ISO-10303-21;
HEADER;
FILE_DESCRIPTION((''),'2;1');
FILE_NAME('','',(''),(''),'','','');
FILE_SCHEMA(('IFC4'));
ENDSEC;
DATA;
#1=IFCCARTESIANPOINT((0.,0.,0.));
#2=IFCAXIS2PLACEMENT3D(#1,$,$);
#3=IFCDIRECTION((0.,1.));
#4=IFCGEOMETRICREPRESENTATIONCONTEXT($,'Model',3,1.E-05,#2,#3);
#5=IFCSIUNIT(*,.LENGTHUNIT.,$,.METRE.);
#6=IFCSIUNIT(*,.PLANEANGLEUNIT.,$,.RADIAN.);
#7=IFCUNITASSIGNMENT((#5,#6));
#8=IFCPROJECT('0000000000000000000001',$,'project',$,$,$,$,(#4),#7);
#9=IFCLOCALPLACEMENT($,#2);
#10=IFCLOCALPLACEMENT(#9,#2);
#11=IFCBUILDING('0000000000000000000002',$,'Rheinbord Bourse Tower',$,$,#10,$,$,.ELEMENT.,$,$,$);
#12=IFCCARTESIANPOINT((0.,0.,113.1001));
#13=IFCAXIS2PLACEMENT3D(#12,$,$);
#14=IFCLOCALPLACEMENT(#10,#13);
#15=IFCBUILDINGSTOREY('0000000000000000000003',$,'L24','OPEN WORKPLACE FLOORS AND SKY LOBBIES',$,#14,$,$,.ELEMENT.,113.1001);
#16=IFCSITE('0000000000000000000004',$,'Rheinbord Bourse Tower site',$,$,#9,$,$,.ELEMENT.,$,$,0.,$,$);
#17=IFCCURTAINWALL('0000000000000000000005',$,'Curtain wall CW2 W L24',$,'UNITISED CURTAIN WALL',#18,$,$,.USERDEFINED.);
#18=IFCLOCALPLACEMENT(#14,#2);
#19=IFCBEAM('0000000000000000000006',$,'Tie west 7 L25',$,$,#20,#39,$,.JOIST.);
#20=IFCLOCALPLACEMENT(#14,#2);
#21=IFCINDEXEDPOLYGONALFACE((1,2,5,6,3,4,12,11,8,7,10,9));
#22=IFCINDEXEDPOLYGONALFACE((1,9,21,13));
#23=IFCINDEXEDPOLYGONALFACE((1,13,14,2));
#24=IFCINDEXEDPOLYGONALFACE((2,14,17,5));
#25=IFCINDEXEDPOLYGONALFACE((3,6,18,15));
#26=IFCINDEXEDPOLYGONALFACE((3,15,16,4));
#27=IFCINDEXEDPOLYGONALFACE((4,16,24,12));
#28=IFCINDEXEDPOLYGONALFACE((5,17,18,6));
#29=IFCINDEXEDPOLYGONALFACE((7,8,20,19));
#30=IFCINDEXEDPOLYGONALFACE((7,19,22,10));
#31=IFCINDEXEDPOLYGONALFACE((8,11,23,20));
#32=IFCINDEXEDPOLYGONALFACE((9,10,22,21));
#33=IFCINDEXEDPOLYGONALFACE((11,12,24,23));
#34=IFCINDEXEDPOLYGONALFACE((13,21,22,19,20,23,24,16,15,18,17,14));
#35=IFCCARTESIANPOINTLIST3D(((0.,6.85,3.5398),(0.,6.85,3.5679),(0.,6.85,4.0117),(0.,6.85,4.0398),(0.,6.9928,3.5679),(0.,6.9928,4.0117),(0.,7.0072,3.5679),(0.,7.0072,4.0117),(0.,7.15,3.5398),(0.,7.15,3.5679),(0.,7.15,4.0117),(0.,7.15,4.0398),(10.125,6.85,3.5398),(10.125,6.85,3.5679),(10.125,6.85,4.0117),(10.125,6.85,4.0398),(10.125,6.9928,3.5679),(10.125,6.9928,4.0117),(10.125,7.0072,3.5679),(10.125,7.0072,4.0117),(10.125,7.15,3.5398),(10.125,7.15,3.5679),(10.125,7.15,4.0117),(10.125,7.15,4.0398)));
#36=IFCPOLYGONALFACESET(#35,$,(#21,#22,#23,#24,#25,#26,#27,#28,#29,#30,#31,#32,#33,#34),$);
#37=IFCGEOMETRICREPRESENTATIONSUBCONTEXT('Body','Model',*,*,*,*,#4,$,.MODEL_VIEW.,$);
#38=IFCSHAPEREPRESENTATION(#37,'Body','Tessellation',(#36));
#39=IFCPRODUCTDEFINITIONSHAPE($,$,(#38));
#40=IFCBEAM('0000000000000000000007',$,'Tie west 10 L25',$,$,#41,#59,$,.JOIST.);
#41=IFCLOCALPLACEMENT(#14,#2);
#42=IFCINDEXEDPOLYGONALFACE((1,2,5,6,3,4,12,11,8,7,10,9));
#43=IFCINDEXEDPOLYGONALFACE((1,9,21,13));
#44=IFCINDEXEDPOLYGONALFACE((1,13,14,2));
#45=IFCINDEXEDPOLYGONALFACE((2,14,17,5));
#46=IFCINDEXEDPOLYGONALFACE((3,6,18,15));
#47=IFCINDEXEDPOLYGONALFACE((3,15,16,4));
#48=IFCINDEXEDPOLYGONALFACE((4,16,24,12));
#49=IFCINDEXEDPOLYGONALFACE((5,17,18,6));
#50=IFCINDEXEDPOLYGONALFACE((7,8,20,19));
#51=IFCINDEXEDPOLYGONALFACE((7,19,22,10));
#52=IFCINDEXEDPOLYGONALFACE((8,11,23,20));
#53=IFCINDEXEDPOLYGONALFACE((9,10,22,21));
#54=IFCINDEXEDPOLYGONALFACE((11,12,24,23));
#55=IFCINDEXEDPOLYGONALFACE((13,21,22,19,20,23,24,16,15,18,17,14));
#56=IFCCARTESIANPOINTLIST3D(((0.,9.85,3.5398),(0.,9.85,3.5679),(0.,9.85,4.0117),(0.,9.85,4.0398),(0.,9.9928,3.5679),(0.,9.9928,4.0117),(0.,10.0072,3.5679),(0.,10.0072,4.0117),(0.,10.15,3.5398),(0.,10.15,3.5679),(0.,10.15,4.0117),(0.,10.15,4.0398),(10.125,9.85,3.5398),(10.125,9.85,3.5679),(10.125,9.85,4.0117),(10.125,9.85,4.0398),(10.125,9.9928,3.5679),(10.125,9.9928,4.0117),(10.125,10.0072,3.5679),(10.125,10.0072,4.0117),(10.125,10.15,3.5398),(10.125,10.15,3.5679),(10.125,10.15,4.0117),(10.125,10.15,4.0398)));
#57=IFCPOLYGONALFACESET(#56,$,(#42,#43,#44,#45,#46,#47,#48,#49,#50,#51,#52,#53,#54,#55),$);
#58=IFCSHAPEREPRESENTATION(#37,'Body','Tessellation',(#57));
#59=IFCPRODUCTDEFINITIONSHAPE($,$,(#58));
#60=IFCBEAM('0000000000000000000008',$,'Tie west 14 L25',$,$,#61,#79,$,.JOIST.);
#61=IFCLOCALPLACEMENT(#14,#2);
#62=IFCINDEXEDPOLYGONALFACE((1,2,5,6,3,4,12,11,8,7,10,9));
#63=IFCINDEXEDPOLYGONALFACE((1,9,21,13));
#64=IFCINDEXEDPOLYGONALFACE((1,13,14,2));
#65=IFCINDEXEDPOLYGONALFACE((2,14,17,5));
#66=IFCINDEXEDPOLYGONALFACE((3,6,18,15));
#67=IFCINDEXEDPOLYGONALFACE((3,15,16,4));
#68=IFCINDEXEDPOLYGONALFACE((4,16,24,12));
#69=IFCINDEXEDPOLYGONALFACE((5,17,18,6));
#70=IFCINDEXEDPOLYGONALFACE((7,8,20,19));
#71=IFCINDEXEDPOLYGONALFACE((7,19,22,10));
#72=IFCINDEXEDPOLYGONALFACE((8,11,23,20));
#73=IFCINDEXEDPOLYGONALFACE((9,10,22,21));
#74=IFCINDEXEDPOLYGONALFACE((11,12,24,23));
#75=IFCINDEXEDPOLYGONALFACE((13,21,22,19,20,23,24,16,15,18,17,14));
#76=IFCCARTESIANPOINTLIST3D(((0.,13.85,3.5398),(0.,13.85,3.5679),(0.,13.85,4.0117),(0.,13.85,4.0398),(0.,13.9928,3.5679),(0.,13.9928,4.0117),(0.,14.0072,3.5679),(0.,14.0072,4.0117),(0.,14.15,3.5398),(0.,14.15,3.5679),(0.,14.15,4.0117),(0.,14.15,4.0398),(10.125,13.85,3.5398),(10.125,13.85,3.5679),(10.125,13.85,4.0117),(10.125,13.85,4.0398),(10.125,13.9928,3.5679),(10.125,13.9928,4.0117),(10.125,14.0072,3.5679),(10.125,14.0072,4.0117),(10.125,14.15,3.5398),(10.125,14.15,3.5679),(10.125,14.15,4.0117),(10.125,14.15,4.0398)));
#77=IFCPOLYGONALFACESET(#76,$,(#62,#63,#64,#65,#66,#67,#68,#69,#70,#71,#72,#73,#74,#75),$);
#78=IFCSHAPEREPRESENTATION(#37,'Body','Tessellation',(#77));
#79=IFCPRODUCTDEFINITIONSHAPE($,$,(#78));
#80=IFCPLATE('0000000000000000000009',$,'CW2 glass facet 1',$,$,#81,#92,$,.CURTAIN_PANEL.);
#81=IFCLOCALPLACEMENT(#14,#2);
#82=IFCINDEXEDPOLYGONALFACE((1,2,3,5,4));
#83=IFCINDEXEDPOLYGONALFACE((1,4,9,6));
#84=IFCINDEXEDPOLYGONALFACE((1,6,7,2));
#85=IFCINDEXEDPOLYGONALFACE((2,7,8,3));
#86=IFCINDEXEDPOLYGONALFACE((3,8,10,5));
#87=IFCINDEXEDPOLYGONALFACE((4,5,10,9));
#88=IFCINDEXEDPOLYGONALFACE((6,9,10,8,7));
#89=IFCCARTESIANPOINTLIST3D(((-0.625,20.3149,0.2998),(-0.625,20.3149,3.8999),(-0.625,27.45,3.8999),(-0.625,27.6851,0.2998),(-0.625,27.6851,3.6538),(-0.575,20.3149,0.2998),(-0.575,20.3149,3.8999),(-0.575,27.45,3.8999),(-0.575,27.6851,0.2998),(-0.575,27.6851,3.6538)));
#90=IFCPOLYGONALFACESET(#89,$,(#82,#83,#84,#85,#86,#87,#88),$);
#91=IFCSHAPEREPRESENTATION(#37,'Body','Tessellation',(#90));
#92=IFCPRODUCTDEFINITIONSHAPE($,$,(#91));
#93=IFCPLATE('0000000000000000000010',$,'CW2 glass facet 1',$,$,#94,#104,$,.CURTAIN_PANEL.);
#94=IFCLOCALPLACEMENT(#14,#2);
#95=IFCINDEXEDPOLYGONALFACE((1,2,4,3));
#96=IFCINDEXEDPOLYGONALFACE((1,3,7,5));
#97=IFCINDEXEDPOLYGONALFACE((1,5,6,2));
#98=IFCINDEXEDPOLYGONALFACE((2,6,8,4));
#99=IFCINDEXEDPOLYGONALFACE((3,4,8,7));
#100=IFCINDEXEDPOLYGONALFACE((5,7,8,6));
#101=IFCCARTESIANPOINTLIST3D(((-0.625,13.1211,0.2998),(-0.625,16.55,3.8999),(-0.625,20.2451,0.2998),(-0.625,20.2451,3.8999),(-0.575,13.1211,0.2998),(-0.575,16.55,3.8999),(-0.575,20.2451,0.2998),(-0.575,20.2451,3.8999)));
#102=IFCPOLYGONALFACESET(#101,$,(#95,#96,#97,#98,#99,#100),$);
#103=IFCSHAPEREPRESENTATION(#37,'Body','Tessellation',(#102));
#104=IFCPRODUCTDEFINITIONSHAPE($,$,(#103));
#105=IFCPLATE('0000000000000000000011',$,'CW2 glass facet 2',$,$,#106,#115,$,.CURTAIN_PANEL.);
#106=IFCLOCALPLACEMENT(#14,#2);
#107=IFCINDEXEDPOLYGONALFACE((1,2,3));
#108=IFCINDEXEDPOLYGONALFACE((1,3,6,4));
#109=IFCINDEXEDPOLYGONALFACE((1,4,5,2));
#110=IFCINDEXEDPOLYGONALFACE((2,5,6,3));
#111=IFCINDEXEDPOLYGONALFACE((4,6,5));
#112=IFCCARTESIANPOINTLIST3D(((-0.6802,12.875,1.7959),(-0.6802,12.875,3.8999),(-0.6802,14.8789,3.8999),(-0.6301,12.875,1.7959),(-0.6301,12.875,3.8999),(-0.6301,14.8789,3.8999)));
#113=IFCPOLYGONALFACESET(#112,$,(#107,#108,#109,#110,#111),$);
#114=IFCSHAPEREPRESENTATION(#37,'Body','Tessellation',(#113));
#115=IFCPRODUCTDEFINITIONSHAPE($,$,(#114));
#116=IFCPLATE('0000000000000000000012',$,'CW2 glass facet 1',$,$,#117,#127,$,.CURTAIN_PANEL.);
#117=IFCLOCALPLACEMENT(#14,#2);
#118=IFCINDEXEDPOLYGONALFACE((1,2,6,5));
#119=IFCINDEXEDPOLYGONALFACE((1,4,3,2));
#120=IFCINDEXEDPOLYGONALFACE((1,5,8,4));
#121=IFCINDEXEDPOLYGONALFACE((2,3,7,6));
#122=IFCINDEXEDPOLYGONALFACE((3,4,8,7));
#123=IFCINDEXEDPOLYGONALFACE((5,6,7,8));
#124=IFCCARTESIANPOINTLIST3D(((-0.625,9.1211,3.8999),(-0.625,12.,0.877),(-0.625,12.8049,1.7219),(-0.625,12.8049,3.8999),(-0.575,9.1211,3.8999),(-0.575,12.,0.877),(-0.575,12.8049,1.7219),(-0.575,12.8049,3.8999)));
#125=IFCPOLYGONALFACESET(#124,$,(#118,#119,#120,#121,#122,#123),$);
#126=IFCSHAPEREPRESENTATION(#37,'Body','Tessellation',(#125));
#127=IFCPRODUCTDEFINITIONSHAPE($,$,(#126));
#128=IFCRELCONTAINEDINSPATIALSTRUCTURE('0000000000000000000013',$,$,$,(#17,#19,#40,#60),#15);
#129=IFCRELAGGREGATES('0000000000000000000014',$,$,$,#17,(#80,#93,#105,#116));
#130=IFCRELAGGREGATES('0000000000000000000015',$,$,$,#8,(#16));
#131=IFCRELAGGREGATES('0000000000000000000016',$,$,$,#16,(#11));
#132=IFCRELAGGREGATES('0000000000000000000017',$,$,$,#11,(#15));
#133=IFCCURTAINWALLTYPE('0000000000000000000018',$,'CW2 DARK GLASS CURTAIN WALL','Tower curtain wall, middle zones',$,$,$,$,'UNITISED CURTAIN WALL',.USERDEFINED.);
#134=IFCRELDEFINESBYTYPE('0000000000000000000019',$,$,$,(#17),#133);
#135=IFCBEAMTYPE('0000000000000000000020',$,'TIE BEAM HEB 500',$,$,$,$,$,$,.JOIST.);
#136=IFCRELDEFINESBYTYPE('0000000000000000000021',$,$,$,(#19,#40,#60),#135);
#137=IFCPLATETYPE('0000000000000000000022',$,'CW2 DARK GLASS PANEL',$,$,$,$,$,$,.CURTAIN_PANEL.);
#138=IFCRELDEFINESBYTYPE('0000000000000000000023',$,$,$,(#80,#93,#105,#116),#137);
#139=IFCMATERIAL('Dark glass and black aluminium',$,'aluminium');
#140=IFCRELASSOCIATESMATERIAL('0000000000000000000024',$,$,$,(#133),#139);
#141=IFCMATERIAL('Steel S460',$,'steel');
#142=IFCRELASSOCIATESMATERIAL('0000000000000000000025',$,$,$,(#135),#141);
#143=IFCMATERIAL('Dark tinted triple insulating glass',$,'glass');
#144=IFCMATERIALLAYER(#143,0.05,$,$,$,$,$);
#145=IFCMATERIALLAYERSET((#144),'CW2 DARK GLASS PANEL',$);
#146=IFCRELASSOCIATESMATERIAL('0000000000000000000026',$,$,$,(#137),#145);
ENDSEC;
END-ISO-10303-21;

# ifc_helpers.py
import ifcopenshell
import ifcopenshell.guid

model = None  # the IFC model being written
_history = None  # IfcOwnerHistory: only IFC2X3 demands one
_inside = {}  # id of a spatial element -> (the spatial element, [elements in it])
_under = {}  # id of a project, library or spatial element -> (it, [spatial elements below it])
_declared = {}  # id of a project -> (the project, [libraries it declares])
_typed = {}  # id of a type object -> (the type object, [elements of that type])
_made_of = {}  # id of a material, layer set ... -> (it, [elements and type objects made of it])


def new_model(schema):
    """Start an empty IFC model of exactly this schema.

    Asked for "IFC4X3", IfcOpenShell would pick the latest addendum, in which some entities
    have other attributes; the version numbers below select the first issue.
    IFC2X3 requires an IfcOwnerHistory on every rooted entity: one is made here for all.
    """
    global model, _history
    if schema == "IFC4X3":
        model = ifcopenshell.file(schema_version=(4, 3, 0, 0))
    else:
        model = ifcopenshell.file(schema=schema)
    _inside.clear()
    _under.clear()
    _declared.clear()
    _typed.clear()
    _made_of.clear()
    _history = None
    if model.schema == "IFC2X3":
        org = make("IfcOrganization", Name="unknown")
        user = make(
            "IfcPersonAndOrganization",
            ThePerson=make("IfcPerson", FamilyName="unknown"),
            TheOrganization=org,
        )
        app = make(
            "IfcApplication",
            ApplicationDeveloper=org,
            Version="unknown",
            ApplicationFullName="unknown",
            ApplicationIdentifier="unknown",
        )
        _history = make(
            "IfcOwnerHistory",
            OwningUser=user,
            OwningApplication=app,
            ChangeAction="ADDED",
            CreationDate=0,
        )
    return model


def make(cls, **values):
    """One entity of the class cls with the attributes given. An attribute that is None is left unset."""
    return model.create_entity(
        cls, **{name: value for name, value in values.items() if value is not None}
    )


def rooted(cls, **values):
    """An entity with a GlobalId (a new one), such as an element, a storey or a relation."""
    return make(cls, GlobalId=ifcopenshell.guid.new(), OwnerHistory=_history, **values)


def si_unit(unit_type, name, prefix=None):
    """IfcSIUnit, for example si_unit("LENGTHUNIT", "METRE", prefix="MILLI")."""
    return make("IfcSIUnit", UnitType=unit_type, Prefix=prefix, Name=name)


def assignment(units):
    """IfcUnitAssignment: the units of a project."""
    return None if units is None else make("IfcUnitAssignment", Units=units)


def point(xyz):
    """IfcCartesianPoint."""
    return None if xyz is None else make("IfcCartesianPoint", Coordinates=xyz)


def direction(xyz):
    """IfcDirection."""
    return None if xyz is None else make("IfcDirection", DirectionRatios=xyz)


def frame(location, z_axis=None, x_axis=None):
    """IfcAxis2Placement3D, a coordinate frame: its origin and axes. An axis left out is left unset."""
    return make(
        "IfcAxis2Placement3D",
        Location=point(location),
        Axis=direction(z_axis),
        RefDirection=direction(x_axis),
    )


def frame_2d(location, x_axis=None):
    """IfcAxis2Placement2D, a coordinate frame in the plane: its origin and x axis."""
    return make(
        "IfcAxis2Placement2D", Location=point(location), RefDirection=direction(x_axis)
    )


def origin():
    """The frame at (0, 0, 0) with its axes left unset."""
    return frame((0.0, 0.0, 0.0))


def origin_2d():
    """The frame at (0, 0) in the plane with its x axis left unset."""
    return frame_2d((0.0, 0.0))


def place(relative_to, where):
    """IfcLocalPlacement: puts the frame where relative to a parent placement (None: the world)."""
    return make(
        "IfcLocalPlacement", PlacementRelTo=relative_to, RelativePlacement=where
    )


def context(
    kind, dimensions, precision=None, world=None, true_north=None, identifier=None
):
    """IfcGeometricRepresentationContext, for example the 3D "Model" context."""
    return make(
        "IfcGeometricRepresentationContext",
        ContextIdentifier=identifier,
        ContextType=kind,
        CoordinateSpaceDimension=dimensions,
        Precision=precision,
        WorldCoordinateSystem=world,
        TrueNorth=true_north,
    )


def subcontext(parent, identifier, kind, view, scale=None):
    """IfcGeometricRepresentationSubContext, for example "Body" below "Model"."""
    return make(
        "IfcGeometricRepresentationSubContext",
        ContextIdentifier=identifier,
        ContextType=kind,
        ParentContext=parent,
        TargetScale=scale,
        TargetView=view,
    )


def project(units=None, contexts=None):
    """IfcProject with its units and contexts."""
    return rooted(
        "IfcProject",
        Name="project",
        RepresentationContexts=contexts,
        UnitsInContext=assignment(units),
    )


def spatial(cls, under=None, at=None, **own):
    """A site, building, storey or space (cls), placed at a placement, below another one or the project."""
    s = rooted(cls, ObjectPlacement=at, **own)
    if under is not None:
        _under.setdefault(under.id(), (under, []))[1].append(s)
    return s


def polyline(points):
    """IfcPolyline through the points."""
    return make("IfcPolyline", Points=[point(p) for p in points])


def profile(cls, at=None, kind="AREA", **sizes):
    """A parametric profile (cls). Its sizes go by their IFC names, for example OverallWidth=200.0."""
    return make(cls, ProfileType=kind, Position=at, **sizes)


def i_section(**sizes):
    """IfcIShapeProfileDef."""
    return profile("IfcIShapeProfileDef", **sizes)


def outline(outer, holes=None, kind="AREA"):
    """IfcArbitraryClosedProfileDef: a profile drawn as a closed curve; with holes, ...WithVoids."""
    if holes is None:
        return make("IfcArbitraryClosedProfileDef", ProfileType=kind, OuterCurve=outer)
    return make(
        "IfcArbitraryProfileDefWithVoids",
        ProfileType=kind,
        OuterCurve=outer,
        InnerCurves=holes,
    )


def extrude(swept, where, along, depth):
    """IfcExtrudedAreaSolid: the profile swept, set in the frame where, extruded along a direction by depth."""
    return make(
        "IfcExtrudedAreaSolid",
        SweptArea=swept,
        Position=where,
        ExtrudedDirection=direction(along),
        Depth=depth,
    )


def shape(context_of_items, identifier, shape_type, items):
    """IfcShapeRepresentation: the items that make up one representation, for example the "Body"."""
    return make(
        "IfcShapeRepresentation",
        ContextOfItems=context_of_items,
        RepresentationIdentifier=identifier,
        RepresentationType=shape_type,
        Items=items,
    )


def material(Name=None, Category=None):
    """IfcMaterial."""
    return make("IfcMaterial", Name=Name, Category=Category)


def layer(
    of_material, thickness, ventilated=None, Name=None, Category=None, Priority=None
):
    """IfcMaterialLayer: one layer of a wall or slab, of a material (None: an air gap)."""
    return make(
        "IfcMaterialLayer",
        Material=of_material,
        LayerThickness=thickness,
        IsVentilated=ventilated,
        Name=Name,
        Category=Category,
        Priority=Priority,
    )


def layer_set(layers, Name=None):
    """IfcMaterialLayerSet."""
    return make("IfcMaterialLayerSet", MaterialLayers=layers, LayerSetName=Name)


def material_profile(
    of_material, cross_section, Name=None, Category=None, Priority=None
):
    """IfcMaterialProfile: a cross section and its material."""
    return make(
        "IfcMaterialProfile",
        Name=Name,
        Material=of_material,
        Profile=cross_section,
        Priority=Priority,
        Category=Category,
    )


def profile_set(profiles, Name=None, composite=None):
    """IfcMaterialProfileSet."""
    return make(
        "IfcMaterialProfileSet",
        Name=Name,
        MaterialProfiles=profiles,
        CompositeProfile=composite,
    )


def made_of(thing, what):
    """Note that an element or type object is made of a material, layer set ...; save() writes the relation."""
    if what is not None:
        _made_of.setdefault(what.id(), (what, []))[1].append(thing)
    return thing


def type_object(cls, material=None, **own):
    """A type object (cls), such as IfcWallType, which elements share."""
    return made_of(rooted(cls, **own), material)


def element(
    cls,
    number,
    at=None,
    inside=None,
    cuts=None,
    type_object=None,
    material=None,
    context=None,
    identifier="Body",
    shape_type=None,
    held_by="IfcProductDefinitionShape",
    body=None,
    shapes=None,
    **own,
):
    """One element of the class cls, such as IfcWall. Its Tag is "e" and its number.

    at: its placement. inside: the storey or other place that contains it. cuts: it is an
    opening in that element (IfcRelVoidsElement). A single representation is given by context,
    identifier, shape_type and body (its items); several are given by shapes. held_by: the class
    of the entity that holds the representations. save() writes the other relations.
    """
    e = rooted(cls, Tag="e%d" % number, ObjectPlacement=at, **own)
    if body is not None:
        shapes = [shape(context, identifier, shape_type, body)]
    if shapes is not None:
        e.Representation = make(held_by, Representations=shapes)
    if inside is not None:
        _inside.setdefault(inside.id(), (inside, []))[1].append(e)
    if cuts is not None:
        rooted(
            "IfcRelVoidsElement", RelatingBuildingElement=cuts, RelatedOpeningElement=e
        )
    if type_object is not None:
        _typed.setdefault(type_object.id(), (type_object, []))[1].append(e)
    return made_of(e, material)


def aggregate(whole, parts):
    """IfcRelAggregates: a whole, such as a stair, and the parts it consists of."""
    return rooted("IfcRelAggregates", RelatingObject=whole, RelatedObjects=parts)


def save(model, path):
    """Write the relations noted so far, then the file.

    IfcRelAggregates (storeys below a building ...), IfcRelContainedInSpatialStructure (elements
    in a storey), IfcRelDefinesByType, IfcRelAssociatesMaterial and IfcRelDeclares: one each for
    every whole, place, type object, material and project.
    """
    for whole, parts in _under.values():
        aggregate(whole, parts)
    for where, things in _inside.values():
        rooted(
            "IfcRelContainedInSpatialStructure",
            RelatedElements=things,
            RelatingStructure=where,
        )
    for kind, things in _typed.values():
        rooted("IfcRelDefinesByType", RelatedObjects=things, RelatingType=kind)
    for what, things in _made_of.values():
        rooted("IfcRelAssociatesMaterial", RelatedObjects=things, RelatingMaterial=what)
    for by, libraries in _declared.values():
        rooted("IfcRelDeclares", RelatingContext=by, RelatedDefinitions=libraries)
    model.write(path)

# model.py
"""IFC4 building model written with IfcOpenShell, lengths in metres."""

from ifc_helpers import new_model, si_unit, direction, frame, origin, origin_2d, place, context, subcontext, project, spatial, polyline, i_section, outline, extrude, material, layer, layer_set, material_profile, profile_set, type_object, element, aggregate, save


model = new_model("IFC4")

# Units and contexts
model_context = context("Model", 3, precision=1e-05, world=origin(), true_north=direction((0.0, 1.0)))
body_context = subcontext(model_context, "Body", "Model", "MODEL_VIEW")
ifc_project = project(units=[si_unit("LENGTHUNIT", "METRE"), si_unit("PLANEANGLEUNIT", "RADIAN")], contexts=[model_context])

# Site, building, storey
site_placement = place(None, origin())
site = spatial("IfcSite", under=ifc_project, at=site_placement, Name="Rheinbord Bourse Tower site", CompositionType="ELEMENT", RefElevation=0.0)
building_placement = place(site_placement, origin())
building = spatial("IfcBuilding", under=site, at=building_placement, Name="Rheinbord Bourse Tower", CompositionType="ELEMENT")
storey_placement = place(building_placement, frame((0.0, 0.0, 113.1001)))
storey = spatial("IfcBuildingStorey", under=building, at=storey_placement, Name="L24", Description="OPEN WORKPLACE FLOORS AND SKY LOBBIES", CompositionType="ELEMENT", Elevation=113.1001)

# Curtain wall
ifc_material_1 = material(Name="Dark glass and black aluminium", Category="aluminium")
curtain_wall_type = type_object("IfcCurtainWallType", Name="CW2 DARK GLASS CURTAIN WALL", Description="Tower curtain wall, middle zones", ElementType="UNITISED CURTAIN WALL", PredefinedType="USERDEFINED", material=ifc_material_1)
curtain_wall_placement = place(storey_placement, origin())
curtain_wall = element("IfcCurtainWall", 1, at=curtain_wall_placement, inside=storey, type_object=curtain_wall_type, Name="Curtain wall CW2 W L24", ObjectType="UNITISED CURTAIN WALL", PredefinedType="USERDEFINED")

# Beams
ifc_material_2 = material(Name="Steel S460", Category="steel")
ifc_material_profile_1 = material_profile(ifc_material_2, i_section(OverallWidth=0.3, OverallDepth=0.5, WebThickness=0.0144, FlangeThickness=0.0281, at=origin_2d()), Name="HEB 500")
ifc_profile_set_1 = profile_set([ifc_material_profile_1], Name="Steel S460")
beam_type_1 = type_object("IfcBeamType", Name="TIE BEAM HEB 500", PredefinedType="JOIST", material=ifc_profile_set_1)
for number, where, z_axis, x_axis, name in (
    (2, (0.0, 7.0, 3.7898), (1.0, 0.0, 0.0), (0.0, 1.0, 0.0), "Tie west 7 L25"),
    (3, (0.0, 10.0, 3.7898), (1.0, 0.0, 0.0), (0.0, 1.0, 0.0), "Tie west 10 L25"),
    (4, (0.0, 14.0, 3.7898), (1.0, 0.0, 0.0), (0.0, 1.0, 0.0), "Tie west 14 L25"),
):
    element("IfcBeam", number, at=place(storey_placement, frame(where, z_axis=z_axis, x_axis=x_axis)), inside=storey, type_object=beam_type_1, Name=name, PredefinedType="JOIST", context=body_context, shape_type="SweptSolid", body=[
        extrude(i_section(OverallWidth=0.3, OverallDepth=0.5, WebThickness=0.0144, FlangeThickness=0.0281, at=origin_2d()), origin(), (0.0, 0.0, 1.0), 10.125),
    ])

# Plates
ifc_material_3 = material(Name="Dark tinted triple insulating glass", Category="glass")
ifc_layer = layer(ifc_material_3, 0.05)
ifc_layer_set = layer_set([ifc_layer], Name="CW2 DARK GLASS PANEL")
plate_type = type_object("IfcPlateType", Name="CW2 DARK GLASS PANEL", PredefinedType="CURTAIN_PANEL", material=ifc_layer_set)
plate_1_placement = place(storey_placement, frame((-0.625, 20.3149, 3.8999), z_axis=(1.0, 0.0, 0.0), x_axis=(0.0, 0.0, -1.0)))
plate_1 = element("IfcPlate", 5, at=plate_1_placement, type_object=plate_type, Name="CW2 glass facet 1", PredefinedType="CURTAIN_PANEL", context=body_context, shape_type="SweptSolid", body=[
    extrude(outline(polyline([(0.0, 0.0), (3.6001, 0.0), (3.6001, 7.3701), (0.2461, 7.3701), (0.0, 7.135), (0.0, 0.0)])), origin(), (0.0, 0.0, 1.0), 0.05),
])
plate_2_placement = place(storey_placement, frame((-0.625, 20.2451, 0.2998), z_axis=(1.0, 0.0, 0.0), x_axis=(0.0, 0.0, 1.0)))
plate_2 = element("IfcPlate", 6, at=plate_2_placement, type_object=plate_type, Name="CW2 glass facet 1", PredefinedType="CURTAIN_PANEL", context=body_context, shape_type="SweptSolid", body=[
    extrude(outline(polyline([(0.0, 0.0), (3.6001, 0.0), (3.6001, 3.6951), (0.0, 7.124), (0.0, 0.0)])), origin(), (0.0, 0.0, 1.0), 0.05),
])
plate_3_placement = place(storey_placement, frame((-0.6802, 12.875, 3.8999), z_axis=(1.0, 0.0, 0.0), x_axis=(0.0, 0.0, -1.0)))
plate_3 = element("IfcPlate", 7, at=plate_3_placement, type_object=plate_type, Name="CW2 glass facet 2", PredefinedType="CURTAIN_PANEL", context=body_context, shape_type="SweptSolid", body=[
    extrude(outline(polyline([(0.0, 0.0), (2.104, 0.0), (0.0, 2.0039), (0.0, 0.0)])), origin(), (0.0, 0.0, 1.0), 0.05),
])
plate_4_placement = place(storey_placement, frame((-0.625, 12.8049, 3.8999), z_axis=(1.0, 0.0, 0.0), x_axis=(0.0, -1.0, 0.0)))
plate_4 = element("IfcPlate", 8, at=plate_4_placement, type_object=plate_type, Name="CW2 glass facet 1", PredefinedType="CURTAIN_PANEL", context=body_context, shape_type="SweptSolid", body=[
    extrude(outline(polyline([(0.0, 0.0), (3.6838, 0.0), (0.8049, 3.0229), (0.0, 2.178), (0.0, 0.0)])), origin(), (0.0, 0.0, 1.0), 0.05),
])
aggregate(curtain_wall, [plate_1, plate_2, plate_3, plate_4])

save(model, "model.ifc")
